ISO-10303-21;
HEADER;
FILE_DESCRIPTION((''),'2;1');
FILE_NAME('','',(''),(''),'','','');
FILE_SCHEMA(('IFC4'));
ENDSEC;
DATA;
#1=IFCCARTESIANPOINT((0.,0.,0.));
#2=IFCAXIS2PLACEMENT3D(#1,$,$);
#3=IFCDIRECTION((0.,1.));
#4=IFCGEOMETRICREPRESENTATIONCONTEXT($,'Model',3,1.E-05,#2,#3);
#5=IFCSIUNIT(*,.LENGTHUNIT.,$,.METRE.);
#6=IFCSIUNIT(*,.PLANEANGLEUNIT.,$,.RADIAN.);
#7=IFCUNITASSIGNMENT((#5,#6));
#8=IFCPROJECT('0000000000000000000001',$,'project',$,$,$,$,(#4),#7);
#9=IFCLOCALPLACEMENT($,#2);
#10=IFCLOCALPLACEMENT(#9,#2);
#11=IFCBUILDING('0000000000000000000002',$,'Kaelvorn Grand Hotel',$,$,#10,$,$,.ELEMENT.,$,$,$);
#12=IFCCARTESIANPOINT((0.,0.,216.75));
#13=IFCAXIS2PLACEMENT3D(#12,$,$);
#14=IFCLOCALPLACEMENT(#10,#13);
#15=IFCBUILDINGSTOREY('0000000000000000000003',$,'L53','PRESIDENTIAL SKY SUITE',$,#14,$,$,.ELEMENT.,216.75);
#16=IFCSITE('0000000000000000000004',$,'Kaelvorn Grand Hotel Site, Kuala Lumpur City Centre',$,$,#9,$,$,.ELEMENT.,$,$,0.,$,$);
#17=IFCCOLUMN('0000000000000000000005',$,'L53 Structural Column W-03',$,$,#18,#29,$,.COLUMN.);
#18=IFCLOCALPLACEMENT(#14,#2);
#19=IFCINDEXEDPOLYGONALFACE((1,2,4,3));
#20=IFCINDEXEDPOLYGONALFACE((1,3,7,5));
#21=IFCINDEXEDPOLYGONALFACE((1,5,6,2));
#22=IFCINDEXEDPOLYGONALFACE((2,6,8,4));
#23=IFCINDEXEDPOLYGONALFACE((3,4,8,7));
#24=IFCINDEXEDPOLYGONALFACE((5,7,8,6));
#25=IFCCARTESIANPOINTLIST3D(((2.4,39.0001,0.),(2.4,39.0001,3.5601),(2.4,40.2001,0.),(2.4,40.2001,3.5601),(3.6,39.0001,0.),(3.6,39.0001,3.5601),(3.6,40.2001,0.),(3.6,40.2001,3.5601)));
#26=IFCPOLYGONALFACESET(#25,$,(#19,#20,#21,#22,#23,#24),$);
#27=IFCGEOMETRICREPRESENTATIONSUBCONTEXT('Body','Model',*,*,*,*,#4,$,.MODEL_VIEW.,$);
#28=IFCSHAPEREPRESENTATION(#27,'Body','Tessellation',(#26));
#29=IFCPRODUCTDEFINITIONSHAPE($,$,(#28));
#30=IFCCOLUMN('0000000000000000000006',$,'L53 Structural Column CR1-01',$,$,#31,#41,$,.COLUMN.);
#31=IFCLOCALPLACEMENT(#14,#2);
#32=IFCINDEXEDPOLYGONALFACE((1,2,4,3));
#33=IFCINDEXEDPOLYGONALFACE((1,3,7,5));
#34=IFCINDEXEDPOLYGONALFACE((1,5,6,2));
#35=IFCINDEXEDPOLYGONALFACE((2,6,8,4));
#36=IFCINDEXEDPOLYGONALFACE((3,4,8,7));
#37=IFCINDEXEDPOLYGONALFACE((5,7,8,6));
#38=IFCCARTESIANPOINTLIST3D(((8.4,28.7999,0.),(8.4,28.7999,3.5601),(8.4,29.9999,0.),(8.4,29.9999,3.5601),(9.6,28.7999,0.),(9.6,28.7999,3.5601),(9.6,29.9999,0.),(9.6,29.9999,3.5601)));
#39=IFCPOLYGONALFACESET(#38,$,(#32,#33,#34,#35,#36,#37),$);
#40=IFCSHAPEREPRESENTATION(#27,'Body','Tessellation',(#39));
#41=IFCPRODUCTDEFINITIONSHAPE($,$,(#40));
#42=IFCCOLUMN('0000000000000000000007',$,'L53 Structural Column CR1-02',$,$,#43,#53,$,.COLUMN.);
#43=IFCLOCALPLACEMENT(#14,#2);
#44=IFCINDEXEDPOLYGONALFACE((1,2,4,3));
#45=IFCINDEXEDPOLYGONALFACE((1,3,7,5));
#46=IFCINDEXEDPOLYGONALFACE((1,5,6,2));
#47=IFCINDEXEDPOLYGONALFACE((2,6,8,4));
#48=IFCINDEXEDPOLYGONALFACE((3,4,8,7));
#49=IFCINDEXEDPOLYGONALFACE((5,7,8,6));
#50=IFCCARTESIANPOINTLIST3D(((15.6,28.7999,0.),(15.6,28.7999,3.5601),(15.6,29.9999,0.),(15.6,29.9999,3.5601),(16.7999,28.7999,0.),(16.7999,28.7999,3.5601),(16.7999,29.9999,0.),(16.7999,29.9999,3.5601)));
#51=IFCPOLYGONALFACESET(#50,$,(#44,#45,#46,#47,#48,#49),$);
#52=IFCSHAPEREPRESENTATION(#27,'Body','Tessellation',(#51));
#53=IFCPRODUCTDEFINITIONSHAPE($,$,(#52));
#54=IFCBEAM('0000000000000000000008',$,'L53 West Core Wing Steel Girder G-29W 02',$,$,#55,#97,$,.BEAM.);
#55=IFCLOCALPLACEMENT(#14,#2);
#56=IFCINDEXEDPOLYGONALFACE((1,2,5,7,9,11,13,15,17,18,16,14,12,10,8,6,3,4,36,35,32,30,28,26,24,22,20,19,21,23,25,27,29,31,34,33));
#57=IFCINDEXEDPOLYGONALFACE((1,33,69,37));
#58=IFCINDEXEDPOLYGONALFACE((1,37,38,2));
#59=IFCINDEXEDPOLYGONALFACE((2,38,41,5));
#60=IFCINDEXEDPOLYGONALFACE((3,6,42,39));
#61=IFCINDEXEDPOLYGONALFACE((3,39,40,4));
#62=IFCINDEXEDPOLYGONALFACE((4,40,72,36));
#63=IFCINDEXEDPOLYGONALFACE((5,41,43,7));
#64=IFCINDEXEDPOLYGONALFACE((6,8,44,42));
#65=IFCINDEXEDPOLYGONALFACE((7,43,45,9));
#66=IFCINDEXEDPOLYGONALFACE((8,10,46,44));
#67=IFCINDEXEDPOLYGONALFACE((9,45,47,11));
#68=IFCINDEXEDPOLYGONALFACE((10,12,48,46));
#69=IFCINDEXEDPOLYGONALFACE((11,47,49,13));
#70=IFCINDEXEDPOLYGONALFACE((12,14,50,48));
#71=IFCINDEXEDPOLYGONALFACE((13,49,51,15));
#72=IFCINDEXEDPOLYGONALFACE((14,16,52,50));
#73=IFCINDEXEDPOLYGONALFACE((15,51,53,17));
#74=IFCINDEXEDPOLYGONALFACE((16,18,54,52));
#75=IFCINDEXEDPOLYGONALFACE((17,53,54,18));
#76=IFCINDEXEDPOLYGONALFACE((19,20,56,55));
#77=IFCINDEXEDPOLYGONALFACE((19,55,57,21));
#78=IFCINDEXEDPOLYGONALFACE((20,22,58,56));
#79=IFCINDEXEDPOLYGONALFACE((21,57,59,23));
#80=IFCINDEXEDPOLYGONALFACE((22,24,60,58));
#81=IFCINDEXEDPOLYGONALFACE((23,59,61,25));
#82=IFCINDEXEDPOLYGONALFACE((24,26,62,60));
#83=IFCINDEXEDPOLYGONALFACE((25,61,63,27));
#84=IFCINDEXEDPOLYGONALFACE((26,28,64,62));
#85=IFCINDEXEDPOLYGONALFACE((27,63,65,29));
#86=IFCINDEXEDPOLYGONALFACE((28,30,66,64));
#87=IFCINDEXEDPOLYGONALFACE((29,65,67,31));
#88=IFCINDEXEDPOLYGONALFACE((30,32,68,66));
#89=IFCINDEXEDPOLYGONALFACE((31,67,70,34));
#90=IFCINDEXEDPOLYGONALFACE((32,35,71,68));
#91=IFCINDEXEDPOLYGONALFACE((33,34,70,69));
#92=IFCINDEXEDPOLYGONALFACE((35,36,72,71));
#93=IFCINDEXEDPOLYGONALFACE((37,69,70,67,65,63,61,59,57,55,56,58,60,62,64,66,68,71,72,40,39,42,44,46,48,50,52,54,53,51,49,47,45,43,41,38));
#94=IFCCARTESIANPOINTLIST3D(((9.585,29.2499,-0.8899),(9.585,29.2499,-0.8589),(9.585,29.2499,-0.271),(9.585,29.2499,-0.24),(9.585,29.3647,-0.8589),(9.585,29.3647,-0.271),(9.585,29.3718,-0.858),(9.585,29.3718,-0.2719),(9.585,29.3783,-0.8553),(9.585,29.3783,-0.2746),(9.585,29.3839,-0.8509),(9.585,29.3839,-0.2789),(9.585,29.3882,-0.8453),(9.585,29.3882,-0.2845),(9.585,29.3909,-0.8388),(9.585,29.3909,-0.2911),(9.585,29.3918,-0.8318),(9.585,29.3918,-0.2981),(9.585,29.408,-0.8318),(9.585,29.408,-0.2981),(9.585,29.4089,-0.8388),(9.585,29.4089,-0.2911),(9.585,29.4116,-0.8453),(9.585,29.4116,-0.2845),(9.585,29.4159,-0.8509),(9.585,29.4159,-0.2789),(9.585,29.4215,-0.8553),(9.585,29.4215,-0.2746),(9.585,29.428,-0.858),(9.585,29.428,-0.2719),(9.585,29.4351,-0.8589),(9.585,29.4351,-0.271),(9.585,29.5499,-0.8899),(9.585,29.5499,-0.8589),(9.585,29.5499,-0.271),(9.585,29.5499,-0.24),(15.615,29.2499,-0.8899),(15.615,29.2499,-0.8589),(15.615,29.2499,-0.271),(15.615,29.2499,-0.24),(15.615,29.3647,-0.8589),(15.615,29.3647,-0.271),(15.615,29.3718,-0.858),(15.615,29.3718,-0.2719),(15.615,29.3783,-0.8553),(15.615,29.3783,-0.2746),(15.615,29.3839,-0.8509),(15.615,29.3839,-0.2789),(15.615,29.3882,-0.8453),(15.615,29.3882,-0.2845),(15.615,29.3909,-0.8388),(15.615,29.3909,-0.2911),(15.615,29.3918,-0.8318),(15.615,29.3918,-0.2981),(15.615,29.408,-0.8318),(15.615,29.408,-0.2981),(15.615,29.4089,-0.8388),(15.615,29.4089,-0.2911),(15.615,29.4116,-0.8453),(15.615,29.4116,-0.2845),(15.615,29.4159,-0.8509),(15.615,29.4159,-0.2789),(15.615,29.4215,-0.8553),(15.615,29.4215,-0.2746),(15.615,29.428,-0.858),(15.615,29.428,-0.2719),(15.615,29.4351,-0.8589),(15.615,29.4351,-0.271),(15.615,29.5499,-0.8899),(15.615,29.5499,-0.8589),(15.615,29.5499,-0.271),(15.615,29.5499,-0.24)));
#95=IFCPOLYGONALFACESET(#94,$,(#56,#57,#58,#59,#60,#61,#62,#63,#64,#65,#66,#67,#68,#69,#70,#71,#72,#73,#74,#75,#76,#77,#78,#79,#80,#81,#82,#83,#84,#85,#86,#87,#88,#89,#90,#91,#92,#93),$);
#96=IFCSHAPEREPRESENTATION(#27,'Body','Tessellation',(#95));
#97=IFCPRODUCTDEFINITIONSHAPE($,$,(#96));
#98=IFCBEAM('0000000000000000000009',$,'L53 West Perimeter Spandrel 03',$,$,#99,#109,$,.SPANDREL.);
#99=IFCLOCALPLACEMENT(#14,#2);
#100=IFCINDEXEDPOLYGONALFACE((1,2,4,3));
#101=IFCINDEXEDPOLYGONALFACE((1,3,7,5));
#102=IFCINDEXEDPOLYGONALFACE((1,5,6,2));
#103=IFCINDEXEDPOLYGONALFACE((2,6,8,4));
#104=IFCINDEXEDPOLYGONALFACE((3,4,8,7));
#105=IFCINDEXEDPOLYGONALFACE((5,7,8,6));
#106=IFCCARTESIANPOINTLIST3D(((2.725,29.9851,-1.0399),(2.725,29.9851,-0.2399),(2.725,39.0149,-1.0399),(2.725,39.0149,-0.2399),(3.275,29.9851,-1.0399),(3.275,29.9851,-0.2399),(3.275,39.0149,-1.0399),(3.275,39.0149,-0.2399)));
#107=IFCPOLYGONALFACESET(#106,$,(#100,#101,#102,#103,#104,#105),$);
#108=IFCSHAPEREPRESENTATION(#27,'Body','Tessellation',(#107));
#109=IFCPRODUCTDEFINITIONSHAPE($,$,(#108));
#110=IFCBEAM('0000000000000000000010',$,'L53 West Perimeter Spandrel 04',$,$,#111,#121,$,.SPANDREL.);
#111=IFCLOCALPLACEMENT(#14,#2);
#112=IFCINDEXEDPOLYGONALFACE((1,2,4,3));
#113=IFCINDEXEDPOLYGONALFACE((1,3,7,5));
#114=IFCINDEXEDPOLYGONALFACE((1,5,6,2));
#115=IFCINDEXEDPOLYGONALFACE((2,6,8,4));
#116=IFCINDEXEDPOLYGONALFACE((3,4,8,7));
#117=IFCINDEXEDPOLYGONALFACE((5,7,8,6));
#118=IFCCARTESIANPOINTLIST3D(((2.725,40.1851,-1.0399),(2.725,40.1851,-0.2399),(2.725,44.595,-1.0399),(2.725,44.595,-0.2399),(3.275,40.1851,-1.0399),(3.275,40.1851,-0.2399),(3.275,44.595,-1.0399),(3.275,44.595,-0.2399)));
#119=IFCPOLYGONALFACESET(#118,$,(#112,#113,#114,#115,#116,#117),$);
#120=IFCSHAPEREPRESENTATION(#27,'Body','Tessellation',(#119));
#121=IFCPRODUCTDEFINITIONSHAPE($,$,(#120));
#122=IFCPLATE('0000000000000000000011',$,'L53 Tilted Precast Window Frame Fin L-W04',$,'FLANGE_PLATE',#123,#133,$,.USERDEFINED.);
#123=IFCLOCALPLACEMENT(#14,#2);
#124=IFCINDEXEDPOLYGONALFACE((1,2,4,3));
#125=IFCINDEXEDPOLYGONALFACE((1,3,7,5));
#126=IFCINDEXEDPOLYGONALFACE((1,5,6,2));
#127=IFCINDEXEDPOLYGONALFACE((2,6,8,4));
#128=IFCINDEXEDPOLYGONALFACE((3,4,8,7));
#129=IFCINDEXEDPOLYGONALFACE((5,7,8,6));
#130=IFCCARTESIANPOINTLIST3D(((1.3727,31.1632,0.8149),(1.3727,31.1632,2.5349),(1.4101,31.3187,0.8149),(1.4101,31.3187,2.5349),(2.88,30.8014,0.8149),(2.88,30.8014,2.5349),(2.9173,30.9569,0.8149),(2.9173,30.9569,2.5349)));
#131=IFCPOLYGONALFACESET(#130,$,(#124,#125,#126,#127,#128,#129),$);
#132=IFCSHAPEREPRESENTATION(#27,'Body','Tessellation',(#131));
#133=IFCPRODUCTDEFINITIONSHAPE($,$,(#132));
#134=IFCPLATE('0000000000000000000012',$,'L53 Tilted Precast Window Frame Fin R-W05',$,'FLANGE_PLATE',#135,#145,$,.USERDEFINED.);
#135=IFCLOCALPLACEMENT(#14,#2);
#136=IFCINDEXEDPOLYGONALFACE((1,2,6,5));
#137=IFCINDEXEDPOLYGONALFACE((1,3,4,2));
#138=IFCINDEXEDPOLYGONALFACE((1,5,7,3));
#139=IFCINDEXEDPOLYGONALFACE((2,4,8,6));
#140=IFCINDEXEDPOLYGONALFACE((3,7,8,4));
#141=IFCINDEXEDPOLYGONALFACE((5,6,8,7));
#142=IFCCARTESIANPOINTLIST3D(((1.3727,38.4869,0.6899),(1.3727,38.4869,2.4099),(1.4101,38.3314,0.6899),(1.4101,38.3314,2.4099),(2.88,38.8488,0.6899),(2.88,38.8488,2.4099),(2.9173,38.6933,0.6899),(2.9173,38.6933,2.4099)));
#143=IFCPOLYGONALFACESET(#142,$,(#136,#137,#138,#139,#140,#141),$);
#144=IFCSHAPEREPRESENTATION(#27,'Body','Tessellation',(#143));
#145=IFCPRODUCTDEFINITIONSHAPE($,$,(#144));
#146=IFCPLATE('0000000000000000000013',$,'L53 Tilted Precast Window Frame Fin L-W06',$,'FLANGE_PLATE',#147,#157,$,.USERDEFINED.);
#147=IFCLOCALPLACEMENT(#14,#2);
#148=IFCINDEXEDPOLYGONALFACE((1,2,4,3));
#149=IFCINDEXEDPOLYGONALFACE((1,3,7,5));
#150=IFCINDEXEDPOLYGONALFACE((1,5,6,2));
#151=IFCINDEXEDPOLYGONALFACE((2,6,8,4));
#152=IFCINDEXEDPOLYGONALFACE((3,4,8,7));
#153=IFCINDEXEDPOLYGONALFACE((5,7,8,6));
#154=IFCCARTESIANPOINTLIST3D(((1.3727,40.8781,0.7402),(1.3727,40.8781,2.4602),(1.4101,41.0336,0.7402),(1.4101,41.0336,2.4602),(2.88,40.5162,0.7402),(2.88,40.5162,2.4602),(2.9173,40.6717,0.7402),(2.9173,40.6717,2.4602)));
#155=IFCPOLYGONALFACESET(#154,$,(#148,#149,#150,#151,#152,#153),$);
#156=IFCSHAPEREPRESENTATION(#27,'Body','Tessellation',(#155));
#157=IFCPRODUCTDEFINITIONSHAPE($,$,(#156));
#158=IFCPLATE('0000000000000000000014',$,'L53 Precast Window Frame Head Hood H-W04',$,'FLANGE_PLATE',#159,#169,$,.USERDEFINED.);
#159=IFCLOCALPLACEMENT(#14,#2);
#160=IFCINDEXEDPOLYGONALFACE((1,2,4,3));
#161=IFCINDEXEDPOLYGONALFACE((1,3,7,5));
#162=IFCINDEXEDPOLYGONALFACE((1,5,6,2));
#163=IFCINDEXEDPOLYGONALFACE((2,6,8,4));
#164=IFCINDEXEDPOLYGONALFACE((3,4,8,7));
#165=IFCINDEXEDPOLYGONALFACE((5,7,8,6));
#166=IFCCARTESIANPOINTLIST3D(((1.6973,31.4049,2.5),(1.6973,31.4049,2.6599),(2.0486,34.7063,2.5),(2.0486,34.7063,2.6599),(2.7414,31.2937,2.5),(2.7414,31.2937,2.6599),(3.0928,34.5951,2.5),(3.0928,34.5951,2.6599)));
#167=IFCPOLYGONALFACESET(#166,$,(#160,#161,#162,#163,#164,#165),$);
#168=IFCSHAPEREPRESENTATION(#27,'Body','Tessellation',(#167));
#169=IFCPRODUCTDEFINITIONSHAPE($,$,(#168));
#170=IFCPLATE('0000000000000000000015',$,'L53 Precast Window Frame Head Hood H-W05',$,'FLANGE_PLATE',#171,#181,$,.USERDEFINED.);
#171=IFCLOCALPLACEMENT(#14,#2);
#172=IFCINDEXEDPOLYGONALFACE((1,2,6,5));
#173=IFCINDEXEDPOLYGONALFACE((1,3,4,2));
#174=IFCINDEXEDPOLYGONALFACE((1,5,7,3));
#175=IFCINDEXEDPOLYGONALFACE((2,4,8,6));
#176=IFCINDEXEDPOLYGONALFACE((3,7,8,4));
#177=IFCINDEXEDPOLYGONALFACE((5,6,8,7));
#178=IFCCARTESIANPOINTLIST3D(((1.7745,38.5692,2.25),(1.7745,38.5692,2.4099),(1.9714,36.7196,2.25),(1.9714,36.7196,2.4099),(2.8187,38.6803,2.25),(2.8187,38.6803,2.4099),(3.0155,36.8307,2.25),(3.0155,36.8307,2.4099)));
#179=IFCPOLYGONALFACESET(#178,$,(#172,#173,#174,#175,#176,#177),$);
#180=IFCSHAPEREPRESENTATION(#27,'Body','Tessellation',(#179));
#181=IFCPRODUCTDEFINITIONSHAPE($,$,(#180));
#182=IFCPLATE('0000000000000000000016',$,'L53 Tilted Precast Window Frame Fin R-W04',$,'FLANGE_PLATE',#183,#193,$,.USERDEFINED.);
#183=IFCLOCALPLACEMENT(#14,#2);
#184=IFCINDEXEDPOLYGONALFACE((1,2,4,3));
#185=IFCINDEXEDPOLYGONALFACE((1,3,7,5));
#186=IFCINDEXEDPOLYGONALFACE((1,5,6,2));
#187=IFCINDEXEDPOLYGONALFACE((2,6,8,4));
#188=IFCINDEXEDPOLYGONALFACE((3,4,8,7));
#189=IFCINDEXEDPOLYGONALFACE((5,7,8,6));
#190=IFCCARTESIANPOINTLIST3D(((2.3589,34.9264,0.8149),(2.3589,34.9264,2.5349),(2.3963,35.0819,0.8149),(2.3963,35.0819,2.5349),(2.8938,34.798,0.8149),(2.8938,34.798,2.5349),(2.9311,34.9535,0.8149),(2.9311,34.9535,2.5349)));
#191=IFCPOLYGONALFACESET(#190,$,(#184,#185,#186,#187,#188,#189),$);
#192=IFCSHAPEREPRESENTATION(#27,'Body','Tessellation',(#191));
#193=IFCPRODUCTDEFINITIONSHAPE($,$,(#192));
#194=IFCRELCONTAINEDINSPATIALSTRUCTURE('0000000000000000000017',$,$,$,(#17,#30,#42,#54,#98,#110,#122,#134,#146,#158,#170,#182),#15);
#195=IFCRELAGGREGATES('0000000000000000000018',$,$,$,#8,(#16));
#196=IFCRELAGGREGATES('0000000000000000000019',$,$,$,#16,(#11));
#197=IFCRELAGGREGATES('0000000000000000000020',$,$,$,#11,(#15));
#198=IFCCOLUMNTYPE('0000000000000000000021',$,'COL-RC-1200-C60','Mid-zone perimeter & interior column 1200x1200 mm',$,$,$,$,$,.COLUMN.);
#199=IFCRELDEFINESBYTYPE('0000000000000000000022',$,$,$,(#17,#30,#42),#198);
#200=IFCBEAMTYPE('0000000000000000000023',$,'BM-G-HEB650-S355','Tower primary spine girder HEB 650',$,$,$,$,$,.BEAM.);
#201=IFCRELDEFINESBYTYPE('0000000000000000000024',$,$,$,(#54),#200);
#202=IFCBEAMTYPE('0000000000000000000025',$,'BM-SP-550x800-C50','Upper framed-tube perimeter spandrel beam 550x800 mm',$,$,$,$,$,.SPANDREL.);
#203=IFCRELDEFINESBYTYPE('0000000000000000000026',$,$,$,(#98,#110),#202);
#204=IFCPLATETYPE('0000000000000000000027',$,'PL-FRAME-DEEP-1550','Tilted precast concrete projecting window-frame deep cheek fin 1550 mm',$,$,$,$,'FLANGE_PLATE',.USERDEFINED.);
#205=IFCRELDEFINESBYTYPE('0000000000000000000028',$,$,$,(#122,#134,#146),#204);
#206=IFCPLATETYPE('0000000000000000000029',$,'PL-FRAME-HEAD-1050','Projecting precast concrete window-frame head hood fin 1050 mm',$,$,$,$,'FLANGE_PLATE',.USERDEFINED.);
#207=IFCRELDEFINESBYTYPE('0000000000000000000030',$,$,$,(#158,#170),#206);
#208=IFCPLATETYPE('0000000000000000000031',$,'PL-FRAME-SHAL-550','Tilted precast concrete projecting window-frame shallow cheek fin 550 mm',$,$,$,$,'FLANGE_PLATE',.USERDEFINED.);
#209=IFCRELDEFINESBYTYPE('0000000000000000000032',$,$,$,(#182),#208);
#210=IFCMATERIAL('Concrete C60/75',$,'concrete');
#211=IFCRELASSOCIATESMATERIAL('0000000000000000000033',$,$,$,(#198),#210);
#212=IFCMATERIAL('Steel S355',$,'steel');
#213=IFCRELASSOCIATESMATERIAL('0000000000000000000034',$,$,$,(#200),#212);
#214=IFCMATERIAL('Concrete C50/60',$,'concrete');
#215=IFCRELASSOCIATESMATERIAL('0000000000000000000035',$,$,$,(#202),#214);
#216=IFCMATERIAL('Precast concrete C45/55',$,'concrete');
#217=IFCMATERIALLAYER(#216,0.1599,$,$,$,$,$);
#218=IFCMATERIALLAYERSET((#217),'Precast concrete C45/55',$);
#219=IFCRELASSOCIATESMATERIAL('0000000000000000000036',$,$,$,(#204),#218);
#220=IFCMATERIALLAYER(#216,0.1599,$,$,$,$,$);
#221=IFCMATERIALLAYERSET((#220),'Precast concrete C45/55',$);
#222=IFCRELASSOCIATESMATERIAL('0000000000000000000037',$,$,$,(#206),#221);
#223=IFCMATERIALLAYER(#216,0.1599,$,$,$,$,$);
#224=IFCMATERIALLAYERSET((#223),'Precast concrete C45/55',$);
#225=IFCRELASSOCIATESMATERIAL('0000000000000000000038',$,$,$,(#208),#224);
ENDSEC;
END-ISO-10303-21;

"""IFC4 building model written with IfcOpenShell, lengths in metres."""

from ifc_helpers import new_model, si_unit, direction, frame, origin, origin_2d, place, context, subcontext, project, spatial, rectangle, i_section, extrude, material, layer, layer_set, material_profile, profile_set, type_object, element, save


model = new_model("IFC4")

# Units and contexts
model_context = context("Model", 3, precision=1e-05, world=origin(), true_north=direction((0.0, 1.0)))
body_context = subcontext(model_context, "Body", "Model", "MODEL_VIEW")
ifc_project = project(units=[si_unit("LENGTHUNIT", "METRE"), si_unit("PLANEANGLEUNIT", "RADIAN")], contexts=[model_context])

# Site, building, storey
site_placement = place(None, origin())
site = spatial("IfcSite", under=ifc_project, at=site_placement, Name="Kaelvorn Grand Hotel Site, Kuala Lumpur City Centre", CompositionType="ELEMENT", RefElevation=0.0)
building_placement = place(site_placement, origin())
building = spatial("IfcBuilding", under=site, at=building_placement, Name="Kaelvorn Grand Hotel", CompositionType="ELEMENT")
storey_placement = place(building_placement, frame((0.0, 0.0, 216.75)))
storey = spatial("IfcBuildingStorey", under=building, at=storey_placement, Name="L53", Description="PRESIDENTIAL SKY SUITE", CompositionType="ELEMENT", Elevation=216.75)

# Columns
ifc_material_1 = material(Name="Concrete C60/75", Category="concrete")
ifc_material_profile_1 = material_profile(ifc_material_1, rectangle(XDim=1.2, YDim=1.2, at=origin_2d()), Name="RC COL 1200x1200")
ifc_profile_set_1 = profile_set([ifc_material_profile_1], Name="Concrete C60/75")
column_type = type_object("IfcColumnType", Name="COL-RC-1200-C60", Description="Mid-zone perimeter & interior column 1200x1200 mm", PredefinedType="COLUMN", material=ifc_profile_set_1)
for number, where, z_axis, x_axis, name in (
    (1, (3.0, 39.6001, 0.0), (0.0, 0.0, 1.0), (1.0, 0.0, 0.0), "L53 Structural Column W-03"),
    (2, (9.0, 29.3999, 0.0), (0.0, 0.0, 1.0), (1.0, 0.0, 0.0), "L53 Structural Column CR1-01"),
    (3, (16.2, 29.3999, 0.0), (0.0, 0.0, 1.0), (1.0, 0.0, 0.0), "L53 Structural Column CR1-02"),
):
    element("IfcColumn", number, at=place(storey_placement, frame(where, z_axis=z_axis, x_axis=x_axis)), inside=storey, type_object=column_type, Name=name, PredefinedType="COLUMN", context=body_context, shape_type="SweptSolid", body=[
        extrude(rectangle(XDim=1.2, YDim=1.2, at=origin_2d()), origin(), (0.0, 0.0, 1.0), 3.5601),
    ])

# Beams
ifc_material_2 = material(Name="Steel S355", Category="steel")
ifc_material_profile_2 = material_profile(ifc_material_2, i_section(OverallWidth=0.3, OverallDepth=0.6499, WebThickness=0.0161, FlangeThickness=0.031, FilletRadius=0.0271, at=origin_2d()), Name="HEB 650")
ifc_profile_set_2 = profile_set([ifc_material_profile_2], Name="Steel S355")
beam_type_1 = type_object("IfcBeamType", Name="BM-G-HEB650-S355", Description="Tower primary spine girder HEB 650", PredefinedType="BEAM", material=ifc_profile_set_2)
beam_1_placement = place(storey_placement, frame((9.585, 29.3999, -0.5649), z_axis=(1.0, 0.0, 0.0), x_axis=(0.0, 1.0, 0.0)))
element("IfcBeam", 4, at=beam_1_placement, inside=storey, type_object=beam_type_1, Name="L53 West Core Wing Steel Girder G-29W 02", PredefinedType="BEAM", context=body_context, shape_type="SweptSolid", body=[
    extrude(i_section(OverallWidth=0.3, OverallDepth=0.6499, WebThickness=0.0161, FlangeThickness=0.031, FilletRadius=0.0271, at=origin_2d()), origin(), (0.0, 0.0, 1.0), 6.03),
])
ifc_material_3 = material(Name="Concrete C50/60", Category="concrete")
ifc_material_profile_3 = material_profile(ifc_material_3, rectangle(XDim=0.55, YDim=0.8, at=origin_2d()), Name="RC SPANDREL 550x800")
ifc_profile_set_3 = profile_set([ifc_material_profile_3], Name="Concrete C50/60")
beam_type_2 = type_object("IfcBeamType", Name="BM-SP-550x800-C50", Description="Upper framed-tube perimeter spandrel beam 550x800 mm", PredefinedType="SPANDREL", material=ifc_profile_set_3)
beam_2_placement = place(storey_placement, frame((3.0, 29.9851, -0.6399), z_axis=(0.0, 1.0, 0.0), x_axis=(-1.0, 0.0, 0.0)))
element("IfcBeam", 5, at=beam_2_placement, inside=storey, type_object=beam_type_2, Name="L53 West Perimeter Spandrel 03", PredefinedType="SPANDREL", context=body_context, shape_type="SweptSolid", body=[
    extrude(rectangle(XDim=0.55, YDim=0.8, at=origin_2d()), origin(), (0.0, 0.0, 1.0), 9.0298),
])
beam_3_placement = place(storey_placement, frame((3.0, 40.1851, -0.6399), z_axis=(0.0, 1.0, 0.0), x_axis=(-1.0, 0.0, 0.0)))
element("IfcBeam", 6, at=beam_3_placement, inside=storey, type_object=beam_type_2, Name="L53 West Perimeter Spandrel 04", PredefinedType="SPANDREL", context=body_context, shape_type="SweptSolid", body=[
    extrude(rectangle(XDim=0.55, YDim=0.8, at=origin_2d()), origin(), (0.0, 0.0, 1.0), 4.4099),
])

# Plates
ifc_material_4 = material(Name="Precast concrete C45/55", Category="concrete")
ifc_layer_1 = layer(ifc_material_4, 0.1599)
ifc_layer_set_1 = layer_set([ifc_layer_1], Name="Precast concrete C45/55")
plate_type_1 = type_object("IfcPlateType", Name="PL-FRAME-DEEP-1550", Description="Tilted precast concrete projecting window-frame deep cheek fin 1550 mm", ElementType="FLANGE_PLATE", PredefinedType="USERDEFINED", material=ifc_layer_set_1)
for number, where, z_axis, x_axis, name in (
    (7, (2.145, 31.0601, 0.8149), (0.0, 0.0, 1.0), (0.233445, 0.97237, 0.0), "L53 Tilted Precast Window Frame Fin L-W04"),
    (8, (2.145, 38.5901, 0.6899), (0.0, 0.0, 1.0), (-0.233445, 0.97237, 0.0), "L53 Tilted Precast Window Frame Fin R-W05"),
    (9, (2.145, 40.7749, 0.7402), (0.0, 0.0, 1.0), (0.233445, 0.97237, 0.0), "L53 Tilted Precast Window Frame Fin L-W06"),
):
    element("IfcPlate", number, at=place(storey_placement, frame(where, z_axis=z_axis, x_axis=x_axis)), inside=storey, type_object=plate_type_1, Name=name, ObjectType="FLANGE_PLATE", PredefinedType="USERDEFINED", context=body_context, shape_type="SweptSolid", body=[
        extrude(rectangle(XDim=0.1599, YDim=1.55, at=origin_2d()), origin(), (0.0, 0.0, 1.0), 1.72),
    ])
ifc_layer_2 = layer(ifc_material_4, 0.1599)
ifc_layer_set_2 = layer_set([ifc_layer_2], Name="Precast concrete C45/55")
plate_type_2 = type_object("IfcPlateType", Name="PL-FRAME-HEAD-1050", Description="Projecting precast concrete window-frame head hood fin 1050 mm", ElementType="FLANGE_PLATE", PredefinedType="USERDEFINED", material=ifc_layer_set_2)
plate_1_placement = place(storey_placement, frame((2.395, 33.0, 2.5), z_axis=(0.0, 0.0, 1.0), x_axis=(0.10583, 0.994384, 0.0)))
element("IfcPlate", 10, at=plate_1_placement, inside=storey, type_object=plate_type_2, Name="L53 Precast Window Frame Head Hood H-W04", ObjectType="FLANGE_PLATE", PredefinedType="USERDEFINED", context=body_context, shape_type="SweptSolid", body=[
    extrude(rectangle(XDim=3.3201, YDim=1.05, at=origin_2d()), origin(), (0.0, 0.0, 1.0), 0.1599),
])
plate_2_placement = place(storey_placement, frame((2.395, 37.7, 2.25), z_axis=(0.0, 0.0, 1.0), x_axis=(-0.10583, 0.994384, 0.0)))
element("IfcPlate", 11, at=plate_2_placement, inside=storey, type_object=plate_type_2, Name="L53 Precast Window Frame Head Hood H-W05", ObjectType="FLANGE_PLATE", PredefinedType="USERDEFINED", context=body_context, shape_type="SweptSolid", body=[
    extrude(rectangle(XDim=1.8601, YDim=1.05, at=origin_2d()), origin(), (0.0, 0.0, 1.0), 0.1599),
])
ifc_layer_3 = layer(ifc_material_4, 0.1599)
ifc_layer_set_3 = layer_set([ifc_layer_3], Name="Precast concrete C45/55")
plate_type_3 = type_object("IfcPlateType", Name="PL-FRAME-SHAL-550", Description="Tilted precast concrete projecting window-frame shallow cheek fin 550 mm", ElementType="FLANGE_PLATE", PredefinedType="USERDEFINED", material=ifc_layer_set_3)
for number, where, z_axis, x_axis, name in (
    (12, (2.645, 34.9399, 0.8149), (0.0, 0.0, 1.0), (0.233445, 0.97237, 0.0), "L53 Tilted Precast Window Frame Fin R-W04"),
):
    element("IfcPlate", number, at=place(storey_placement, frame(where, z_axis=z_axis, x_axis=x_axis)), inside=storey, type_object=plate_type_3, Name=name, ObjectType="FLANGE_PLATE", PredefinedType="USERDEFINED", context=body_context, shape_type="SweptSolid", body=[
        extrude(rectangle(XDim=0.1599, YDim=0.55, at=origin_2d()), origin(), (0.0, 0.0, 1.0), 1.72),
    ])

save(model, "model.ifc")
